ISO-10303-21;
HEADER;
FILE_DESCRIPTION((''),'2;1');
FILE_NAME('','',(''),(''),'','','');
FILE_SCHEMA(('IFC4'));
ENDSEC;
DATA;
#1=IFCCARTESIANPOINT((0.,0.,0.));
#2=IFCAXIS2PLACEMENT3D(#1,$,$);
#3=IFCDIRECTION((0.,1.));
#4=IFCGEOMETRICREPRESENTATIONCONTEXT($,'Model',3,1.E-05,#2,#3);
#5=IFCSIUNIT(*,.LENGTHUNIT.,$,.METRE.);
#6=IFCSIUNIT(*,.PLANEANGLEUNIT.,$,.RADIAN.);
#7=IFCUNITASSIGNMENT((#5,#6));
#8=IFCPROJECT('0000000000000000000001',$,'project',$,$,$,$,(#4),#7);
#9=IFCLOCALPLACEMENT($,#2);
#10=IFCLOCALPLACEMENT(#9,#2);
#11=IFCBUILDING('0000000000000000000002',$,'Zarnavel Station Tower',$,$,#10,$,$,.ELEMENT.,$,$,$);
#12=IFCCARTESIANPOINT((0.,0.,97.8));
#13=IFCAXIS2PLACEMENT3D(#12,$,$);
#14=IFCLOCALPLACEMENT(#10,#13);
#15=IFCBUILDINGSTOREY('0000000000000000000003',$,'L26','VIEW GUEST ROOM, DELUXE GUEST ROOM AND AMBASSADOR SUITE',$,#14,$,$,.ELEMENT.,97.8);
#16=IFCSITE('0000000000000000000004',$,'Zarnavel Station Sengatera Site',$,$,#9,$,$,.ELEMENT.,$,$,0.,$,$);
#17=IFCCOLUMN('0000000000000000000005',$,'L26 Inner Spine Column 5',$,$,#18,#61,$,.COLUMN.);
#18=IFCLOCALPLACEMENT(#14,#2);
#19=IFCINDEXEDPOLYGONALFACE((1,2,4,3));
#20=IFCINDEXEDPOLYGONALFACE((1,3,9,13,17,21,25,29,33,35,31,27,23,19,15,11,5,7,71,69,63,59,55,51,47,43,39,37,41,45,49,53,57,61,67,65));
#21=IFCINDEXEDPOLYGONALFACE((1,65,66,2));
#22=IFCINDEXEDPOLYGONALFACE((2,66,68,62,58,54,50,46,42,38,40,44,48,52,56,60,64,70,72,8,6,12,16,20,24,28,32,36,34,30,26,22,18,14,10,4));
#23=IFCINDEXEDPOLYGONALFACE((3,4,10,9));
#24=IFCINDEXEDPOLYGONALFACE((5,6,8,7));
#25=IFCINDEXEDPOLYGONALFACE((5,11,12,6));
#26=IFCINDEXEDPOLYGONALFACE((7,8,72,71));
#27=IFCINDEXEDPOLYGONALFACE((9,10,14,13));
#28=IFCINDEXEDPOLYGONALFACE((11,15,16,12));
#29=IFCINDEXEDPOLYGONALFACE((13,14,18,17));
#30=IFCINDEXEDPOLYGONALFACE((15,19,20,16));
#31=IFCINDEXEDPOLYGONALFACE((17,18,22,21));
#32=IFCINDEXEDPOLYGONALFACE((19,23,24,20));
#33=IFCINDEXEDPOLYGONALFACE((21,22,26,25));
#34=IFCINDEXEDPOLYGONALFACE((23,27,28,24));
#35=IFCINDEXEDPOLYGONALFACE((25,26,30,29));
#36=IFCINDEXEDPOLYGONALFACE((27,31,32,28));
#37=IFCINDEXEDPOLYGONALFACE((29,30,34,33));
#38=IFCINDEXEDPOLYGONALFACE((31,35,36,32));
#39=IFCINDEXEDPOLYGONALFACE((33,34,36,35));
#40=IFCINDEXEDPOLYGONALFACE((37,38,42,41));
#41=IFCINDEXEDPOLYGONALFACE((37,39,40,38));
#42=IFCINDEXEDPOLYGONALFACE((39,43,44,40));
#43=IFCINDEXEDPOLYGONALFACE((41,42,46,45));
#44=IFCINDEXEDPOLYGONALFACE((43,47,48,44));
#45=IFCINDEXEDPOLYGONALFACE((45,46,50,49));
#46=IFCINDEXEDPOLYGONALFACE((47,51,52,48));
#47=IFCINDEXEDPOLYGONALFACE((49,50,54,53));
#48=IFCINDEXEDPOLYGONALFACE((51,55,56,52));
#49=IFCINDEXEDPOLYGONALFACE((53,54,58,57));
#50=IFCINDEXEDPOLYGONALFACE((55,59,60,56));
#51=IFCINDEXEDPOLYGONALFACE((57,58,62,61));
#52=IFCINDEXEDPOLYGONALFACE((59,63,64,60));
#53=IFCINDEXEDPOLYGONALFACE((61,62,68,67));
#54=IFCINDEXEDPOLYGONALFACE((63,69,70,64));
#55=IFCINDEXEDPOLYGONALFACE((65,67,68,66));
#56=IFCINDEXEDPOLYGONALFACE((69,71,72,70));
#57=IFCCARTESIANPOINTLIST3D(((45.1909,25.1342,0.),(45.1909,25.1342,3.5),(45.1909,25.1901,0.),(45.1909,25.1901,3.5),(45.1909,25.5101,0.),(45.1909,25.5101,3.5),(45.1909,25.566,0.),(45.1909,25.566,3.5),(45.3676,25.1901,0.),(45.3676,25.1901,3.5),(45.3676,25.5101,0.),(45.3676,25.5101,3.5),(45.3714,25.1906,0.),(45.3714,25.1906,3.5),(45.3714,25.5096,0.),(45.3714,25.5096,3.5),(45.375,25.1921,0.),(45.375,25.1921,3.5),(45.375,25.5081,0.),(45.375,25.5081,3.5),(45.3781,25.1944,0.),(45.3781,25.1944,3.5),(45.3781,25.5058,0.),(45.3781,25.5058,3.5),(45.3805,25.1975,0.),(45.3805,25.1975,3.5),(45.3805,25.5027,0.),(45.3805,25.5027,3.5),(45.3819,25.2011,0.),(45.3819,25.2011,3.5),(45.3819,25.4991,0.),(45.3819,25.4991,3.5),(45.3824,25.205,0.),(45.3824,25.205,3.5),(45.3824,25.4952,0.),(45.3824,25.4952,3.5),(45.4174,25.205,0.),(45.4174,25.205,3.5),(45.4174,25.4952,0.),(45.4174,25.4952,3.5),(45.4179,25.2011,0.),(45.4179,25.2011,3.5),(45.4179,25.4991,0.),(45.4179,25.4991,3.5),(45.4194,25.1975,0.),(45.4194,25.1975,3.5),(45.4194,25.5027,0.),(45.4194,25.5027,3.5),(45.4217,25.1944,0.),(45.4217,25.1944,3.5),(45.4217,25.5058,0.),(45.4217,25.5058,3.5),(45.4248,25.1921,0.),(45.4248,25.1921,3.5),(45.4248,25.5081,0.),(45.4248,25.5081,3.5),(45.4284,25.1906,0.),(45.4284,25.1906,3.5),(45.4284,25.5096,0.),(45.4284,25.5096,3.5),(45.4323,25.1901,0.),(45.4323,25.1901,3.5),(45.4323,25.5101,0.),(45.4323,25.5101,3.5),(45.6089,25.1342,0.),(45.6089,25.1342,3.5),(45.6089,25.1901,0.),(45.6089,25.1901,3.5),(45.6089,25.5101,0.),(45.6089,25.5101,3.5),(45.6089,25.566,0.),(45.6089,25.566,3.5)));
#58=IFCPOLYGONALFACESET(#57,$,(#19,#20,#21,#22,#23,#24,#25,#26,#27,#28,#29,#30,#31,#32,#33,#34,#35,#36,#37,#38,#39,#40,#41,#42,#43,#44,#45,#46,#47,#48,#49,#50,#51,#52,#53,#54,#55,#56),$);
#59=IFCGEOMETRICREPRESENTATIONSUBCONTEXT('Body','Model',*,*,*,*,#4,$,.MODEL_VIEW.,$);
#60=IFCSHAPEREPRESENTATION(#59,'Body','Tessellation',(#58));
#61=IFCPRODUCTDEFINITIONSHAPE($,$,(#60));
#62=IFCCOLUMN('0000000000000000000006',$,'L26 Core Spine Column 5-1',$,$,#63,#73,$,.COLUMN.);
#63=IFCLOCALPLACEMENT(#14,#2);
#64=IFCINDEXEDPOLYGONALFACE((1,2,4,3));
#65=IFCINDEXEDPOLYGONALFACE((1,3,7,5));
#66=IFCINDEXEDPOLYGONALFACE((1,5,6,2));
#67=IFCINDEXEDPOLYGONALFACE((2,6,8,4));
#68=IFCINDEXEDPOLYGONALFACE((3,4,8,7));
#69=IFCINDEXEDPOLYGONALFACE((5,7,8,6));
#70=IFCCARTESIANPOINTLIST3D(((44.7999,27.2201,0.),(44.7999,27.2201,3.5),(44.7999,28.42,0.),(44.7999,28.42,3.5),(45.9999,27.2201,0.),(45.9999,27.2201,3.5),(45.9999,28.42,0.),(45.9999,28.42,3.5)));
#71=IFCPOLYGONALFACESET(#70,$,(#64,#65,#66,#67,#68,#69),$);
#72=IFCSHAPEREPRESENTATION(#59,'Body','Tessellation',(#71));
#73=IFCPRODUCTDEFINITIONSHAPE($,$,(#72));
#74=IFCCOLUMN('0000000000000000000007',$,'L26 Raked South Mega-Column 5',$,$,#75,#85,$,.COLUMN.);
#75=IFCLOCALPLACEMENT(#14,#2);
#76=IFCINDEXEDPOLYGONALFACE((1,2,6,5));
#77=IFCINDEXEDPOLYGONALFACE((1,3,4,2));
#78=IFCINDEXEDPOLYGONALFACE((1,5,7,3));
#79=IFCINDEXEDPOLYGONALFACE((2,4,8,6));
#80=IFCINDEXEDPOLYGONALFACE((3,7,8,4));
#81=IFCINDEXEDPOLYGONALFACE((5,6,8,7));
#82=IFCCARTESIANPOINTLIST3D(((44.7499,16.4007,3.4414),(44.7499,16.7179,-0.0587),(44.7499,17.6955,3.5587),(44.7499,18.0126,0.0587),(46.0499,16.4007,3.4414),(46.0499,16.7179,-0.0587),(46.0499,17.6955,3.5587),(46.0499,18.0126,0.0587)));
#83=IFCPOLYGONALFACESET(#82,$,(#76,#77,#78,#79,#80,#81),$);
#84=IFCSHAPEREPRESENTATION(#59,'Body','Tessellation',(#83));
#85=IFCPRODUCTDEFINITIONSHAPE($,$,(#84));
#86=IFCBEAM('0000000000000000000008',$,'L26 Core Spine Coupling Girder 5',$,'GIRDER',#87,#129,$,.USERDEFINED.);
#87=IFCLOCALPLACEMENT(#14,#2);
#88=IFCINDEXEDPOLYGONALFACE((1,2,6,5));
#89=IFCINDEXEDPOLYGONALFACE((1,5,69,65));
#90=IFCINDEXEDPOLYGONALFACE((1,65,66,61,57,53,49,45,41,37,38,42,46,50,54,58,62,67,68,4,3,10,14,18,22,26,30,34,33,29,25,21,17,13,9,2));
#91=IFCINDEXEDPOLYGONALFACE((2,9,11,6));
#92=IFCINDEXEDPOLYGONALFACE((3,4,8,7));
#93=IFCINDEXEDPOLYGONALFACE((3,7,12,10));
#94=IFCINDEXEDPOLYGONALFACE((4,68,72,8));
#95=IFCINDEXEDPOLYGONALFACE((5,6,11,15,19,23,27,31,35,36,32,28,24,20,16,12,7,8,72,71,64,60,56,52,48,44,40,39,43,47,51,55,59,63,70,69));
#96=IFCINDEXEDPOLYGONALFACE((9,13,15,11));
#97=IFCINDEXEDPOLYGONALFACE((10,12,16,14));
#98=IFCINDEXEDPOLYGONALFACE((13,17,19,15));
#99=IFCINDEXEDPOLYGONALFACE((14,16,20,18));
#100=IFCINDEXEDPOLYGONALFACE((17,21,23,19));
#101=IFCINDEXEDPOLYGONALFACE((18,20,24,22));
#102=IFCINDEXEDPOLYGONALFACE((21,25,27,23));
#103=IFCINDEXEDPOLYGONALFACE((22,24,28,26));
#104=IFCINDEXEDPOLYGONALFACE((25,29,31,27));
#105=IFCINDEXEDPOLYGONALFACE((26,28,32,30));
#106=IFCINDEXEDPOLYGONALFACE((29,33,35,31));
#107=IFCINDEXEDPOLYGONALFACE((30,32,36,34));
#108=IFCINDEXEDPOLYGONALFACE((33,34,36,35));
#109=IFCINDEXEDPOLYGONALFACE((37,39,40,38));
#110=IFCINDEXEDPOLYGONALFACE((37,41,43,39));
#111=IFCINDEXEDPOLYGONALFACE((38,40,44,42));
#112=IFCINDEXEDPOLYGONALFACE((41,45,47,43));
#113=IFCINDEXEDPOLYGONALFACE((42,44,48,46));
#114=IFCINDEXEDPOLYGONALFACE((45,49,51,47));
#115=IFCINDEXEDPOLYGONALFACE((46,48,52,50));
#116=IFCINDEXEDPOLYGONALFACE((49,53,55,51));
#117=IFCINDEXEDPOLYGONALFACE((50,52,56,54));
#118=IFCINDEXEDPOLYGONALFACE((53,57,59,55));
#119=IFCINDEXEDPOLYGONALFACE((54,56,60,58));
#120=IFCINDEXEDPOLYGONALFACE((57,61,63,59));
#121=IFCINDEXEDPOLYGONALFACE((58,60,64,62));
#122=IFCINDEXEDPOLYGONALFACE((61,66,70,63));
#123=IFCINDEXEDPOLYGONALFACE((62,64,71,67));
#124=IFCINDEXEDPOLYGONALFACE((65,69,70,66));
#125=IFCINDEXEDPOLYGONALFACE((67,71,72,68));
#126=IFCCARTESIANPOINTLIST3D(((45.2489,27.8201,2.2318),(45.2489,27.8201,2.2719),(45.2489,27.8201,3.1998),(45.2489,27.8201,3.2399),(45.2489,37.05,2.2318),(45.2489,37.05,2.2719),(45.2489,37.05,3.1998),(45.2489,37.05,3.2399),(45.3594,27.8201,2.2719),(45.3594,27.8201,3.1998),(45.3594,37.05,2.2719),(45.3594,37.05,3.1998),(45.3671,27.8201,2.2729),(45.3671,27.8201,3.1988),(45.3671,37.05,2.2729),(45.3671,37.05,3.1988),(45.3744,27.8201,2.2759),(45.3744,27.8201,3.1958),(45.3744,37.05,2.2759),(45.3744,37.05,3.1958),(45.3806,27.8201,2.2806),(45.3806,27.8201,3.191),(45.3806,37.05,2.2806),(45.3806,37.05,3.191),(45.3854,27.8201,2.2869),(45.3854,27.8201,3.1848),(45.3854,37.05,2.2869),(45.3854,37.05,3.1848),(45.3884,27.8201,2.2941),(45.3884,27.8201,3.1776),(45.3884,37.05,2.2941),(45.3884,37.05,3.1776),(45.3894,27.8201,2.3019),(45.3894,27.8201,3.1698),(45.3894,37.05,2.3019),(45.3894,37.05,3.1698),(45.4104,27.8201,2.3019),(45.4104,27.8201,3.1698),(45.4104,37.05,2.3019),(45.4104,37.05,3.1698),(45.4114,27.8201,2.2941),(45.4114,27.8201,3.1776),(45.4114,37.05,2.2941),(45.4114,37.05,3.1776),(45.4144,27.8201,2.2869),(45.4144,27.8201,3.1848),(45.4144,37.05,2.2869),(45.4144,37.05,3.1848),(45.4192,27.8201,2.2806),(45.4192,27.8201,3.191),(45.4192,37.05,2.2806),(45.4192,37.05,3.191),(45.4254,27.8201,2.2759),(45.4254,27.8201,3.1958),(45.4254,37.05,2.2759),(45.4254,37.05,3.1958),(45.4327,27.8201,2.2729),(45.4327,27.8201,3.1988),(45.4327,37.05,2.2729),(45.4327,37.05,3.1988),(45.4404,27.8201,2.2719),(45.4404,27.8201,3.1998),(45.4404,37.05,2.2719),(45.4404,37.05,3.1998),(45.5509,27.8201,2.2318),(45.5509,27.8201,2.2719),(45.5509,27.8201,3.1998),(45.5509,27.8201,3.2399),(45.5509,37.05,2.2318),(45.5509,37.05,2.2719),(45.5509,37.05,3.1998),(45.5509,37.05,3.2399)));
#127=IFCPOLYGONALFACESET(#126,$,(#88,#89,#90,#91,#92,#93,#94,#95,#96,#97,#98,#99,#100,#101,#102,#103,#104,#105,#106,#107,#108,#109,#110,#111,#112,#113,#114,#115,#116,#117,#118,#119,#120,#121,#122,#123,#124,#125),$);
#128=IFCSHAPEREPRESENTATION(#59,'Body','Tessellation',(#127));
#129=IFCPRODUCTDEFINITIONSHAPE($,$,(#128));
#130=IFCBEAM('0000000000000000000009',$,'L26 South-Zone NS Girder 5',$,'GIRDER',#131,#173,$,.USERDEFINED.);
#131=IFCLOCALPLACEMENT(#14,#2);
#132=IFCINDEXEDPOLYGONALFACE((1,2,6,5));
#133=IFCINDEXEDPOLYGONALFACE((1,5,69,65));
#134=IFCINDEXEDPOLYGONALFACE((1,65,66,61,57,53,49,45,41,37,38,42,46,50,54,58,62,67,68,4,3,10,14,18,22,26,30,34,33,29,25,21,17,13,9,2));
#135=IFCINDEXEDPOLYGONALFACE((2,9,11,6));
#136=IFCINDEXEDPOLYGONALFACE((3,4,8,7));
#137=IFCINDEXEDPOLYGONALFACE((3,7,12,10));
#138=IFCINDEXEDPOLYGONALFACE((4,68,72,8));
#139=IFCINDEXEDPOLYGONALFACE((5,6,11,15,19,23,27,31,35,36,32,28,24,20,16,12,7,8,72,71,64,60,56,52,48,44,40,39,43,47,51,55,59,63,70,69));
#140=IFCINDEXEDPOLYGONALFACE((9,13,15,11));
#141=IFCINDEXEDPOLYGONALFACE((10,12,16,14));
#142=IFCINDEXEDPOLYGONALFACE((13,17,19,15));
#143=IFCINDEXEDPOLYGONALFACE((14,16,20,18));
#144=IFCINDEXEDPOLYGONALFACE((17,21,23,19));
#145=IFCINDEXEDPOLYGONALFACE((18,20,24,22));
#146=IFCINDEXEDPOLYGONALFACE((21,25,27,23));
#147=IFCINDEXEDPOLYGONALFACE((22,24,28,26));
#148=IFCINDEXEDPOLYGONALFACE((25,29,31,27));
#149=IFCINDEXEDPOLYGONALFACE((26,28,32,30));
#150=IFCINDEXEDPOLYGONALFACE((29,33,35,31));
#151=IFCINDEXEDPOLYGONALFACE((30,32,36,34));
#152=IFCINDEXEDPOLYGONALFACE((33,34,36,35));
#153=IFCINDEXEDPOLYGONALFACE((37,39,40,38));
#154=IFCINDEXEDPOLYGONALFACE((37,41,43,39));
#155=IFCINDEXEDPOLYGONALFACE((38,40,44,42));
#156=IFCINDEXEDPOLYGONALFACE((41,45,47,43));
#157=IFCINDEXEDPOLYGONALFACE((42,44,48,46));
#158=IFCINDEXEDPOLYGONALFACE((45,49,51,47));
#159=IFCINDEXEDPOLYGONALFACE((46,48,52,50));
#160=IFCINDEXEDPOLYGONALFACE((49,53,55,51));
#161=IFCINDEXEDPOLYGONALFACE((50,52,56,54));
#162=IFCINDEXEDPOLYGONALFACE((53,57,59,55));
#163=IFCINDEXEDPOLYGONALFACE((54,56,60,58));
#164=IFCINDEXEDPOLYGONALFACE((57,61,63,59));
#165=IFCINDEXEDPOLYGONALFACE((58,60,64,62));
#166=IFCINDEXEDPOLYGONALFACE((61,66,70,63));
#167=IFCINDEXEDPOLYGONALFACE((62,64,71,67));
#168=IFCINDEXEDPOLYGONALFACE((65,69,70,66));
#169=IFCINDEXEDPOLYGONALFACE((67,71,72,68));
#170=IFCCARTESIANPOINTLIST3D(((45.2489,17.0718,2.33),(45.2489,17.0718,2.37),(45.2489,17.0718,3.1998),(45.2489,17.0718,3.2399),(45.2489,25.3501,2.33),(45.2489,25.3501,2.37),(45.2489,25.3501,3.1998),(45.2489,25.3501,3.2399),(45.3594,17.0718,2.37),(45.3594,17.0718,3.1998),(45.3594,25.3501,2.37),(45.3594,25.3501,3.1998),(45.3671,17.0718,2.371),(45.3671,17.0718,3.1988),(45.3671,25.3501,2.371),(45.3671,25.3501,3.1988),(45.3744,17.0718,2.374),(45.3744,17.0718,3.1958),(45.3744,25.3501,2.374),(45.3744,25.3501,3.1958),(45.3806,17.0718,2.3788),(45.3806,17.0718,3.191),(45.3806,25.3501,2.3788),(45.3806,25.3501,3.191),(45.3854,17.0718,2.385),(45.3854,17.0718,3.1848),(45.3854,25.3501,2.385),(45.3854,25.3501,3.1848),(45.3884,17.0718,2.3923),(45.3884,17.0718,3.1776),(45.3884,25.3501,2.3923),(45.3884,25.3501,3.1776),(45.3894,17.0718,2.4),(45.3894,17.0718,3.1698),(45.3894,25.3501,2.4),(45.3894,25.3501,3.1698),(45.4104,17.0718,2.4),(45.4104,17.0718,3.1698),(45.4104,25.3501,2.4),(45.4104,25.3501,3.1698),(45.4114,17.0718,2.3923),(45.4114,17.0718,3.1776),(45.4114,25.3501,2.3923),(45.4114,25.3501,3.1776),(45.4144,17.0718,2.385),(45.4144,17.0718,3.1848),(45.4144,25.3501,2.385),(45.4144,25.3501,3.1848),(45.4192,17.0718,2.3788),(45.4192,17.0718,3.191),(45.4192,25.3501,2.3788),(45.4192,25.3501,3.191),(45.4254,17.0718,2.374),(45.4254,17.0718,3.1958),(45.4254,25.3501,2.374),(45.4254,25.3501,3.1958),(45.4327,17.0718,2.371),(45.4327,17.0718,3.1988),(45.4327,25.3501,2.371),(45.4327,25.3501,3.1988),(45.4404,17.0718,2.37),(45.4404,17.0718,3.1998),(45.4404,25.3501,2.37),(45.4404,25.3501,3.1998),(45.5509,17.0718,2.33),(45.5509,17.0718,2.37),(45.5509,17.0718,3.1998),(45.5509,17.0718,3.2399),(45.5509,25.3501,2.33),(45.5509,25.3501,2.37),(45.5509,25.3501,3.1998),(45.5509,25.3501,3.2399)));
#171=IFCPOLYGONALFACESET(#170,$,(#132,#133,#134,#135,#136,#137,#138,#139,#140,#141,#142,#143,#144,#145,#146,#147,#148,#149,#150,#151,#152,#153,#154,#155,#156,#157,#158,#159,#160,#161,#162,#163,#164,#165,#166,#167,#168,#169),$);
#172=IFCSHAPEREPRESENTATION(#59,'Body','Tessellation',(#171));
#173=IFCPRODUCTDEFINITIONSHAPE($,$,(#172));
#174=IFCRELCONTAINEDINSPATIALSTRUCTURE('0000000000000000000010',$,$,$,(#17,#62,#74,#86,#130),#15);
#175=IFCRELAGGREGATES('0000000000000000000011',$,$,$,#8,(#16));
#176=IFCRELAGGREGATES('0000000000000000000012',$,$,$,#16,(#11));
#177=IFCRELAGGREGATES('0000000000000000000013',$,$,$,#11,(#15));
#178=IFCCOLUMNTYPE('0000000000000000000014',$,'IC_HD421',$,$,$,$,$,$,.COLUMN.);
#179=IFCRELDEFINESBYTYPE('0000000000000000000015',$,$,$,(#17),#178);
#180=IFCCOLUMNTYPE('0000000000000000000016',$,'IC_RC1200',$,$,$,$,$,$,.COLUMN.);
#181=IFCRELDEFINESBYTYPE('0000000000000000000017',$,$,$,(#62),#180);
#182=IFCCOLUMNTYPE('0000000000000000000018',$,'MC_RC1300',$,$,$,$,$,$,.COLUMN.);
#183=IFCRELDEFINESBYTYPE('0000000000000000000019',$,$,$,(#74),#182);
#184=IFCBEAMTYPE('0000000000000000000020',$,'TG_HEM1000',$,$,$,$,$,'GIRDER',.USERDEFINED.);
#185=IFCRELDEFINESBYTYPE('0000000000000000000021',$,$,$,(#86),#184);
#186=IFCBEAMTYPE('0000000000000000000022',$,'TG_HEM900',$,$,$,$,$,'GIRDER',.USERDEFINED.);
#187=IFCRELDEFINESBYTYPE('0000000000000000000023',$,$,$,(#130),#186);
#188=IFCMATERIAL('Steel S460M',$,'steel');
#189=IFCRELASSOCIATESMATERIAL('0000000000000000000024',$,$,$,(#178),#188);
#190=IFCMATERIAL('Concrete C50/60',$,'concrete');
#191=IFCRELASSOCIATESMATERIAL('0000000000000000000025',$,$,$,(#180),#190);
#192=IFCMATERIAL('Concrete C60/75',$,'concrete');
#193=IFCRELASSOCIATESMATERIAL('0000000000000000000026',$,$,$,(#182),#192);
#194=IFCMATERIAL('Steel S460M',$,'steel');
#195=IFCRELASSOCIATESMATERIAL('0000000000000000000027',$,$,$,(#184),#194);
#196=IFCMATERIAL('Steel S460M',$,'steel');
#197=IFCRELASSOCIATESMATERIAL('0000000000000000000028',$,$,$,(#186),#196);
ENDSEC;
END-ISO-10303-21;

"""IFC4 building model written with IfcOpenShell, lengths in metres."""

from ifc_helpers import new_model, si_unit, direction, frame, origin, origin_2d, place, context, subcontext, project, spatial, rectangle, i_section, extrude, material, material_profile, profile_set, type_object, element, save


model = new_model("IFC4")

# Units and contexts
model_context = context("Model", 3, precision=1e-05, world=origin(), true_north=direction((0.0, 1.0)))
body_context = subcontext(model_context, "Body", "Model", "MODEL_VIEW")
ifc_project = project(units=[si_unit("LENGTHUNIT", "METRE"), si_unit("PLANEANGLEUNIT", "RADIAN")], contexts=[model_context])

# Site, building, storey
site_placement = place(None, origin())
site = spatial("IfcSite", under=ifc_project, at=site_placement, Name="Zarnavel Station Sengatera Site", CompositionType="ELEMENT", RefElevation=0.0)
building_placement = place(site_placement, origin())
building = spatial("IfcBuilding", under=site, at=building_placement, Name="Zarnavel Station Tower", CompositionType="ELEMENT")
storey_placement = place(building_placement, frame((0.0, 0.0, 97.8)))
storey = spatial("IfcBuildingStorey", under=building, at=storey_placement, Name="L26", Description="VIEW GUEST ROOM, DELUXE GUEST ROOM AND AMBASSADOR SUITE", CompositionType="ELEMENT", Elevation=97.8)

# Columns
ifc_material_1 = material(Name="Steel S460M", Category="steel")
ifc_material_profile_1 = material_profile(ifc_material_1, i_section(OverallWidth=0.418, OverallDepth=0.4319, WebThickness=0.0349, FlangeThickness=0.0559, FilletRadius=0.0149, at=origin_2d()), Name="HD400x421")
ifc_profile_set_1 = profile_set([ifc_material_profile_1], Name="Steel S460M")
column_type_1 = type_object("IfcColumnType", Name="IC_HD421", PredefinedType="COLUMN", material=ifc_profile_set_1)
column_1_placement = place(storey_placement, frame((45.3999, 25.3501, 0.0), z_axis=(0.0, 0.0, 1.0), x_axis=(1.0, 0.0, 0.0)))
element("IfcColumn", 1, at=column_1_placement, inside=storey, type_object=column_type_1, Name="L26 Inner Spine Column 5", PredefinedType="COLUMN", context=body_context, shape_type="SweptSolid", body=[
    extrude(i_section(OverallWidth=0.418, OverallDepth=0.4319, WebThickness=0.0349, FlangeThickness=0.0559, FilletRadius=0.0149, at=origin_2d()), origin(), (0.0, 0.0, 1.0), 3.5),
])
ifc_material_2 = material(Name="Concrete C50/60", Category="concrete")
ifc_material_profile_2 = material_profile(ifc_material_2, rectangle(XDim=1.2, YDim=1.2, at=origin_2d()), Name="RC1200x1200")
ifc_profile_set_2 = profile_set([ifc_material_profile_2], Name="Concrete C50/60")
column_type_2 = type_object("IfcColumnType", Name="IC_RC1200", PredefinedType="COLUMN", material=ifc_profile_set_2)
column_2_placement = place(storey_placement, frame((45.3999, 27.8201, 0.0), z_axis=(0.0, 0.0, 1.0), x_axis=(1.0, 0.0, 0.0)))
element("IfcColumn", 2, at=column_2_placement, inside=storey, type_object=column_type_2, Name="L26 Core Spine Column 5-1", PredefinedType="COLUMN", context=body_context, shape_type="SweptSolid", body=[
    extrude(rectangle(XDim=1.2, YDim=1.2, at=origin_2d()), origin(), (0.0, 0.0, 1.0), 3.5),
])
ifc_material_3 = material(Name="Concrete C60/75", Category="concrete")
ifc_material_profile_3 = material_profile(ifc_material_3, rectangle(XDim=1.3, YDim=1.3, at=origin_2d()), Name="RC1300x1300")
ifc_profile_set_3 = profile_set([ifc_material_profile_3], Name="Concrete C60/75")
column_type_3 = type_object("IfcColumnType", Name="MC_RC1300", PredefinedType="COLUMN", material=ifc_profile_set_3)
column_3_placement = place(storey_placement, frame((45.3999, 17.3652, 0.0), z_axis=(0.0, -0.090241, 0.99592), x_axis=(1.0, 0.0, 0.0)))
element("IfcColumn", 3, at=column_3_placement, inside=storey, type_object=column_type_3, Name="L26 Raked South Mega-Column 5", PredefinedType="COLUMN", context=body_context, shape_type="SweptSolid", body=[
    extrude(rectangle(XDim=1.3, YDim=1.3, at=origin_2d()), origin(), (0.0, 0.0, 1.0), 3.5144),
])

# Beams
ifc_material_4 = material(Name="Steel S460M", Category="steel")
ifc_material_profile_4 = material_profile(ifc_material_4, i_section(OverallWidth=0.302, OverallDepth=1.0081, WebThickness=0.021, FlangeThickness=0.04, FilletRadius=0.03, at=origin_2d()), Name="HEM1000")
ifc_profile_set_4 = profile_set([ifc_material_profile_4], Name="Steel S460M")
beam_type_1 = type_object("IfcBeamType", Name="TG_HEM1000", ElementType="GIRDER", PredefinedType="USERDEFINED", material=ifc_profile_set_4)
beam_1_placement = place(storey_placement, frame((45.3999, 27.8201, 2.7358), z_axis=(0.0, 1.0, 0.0), x_axis=(-1.0, 0.0, 0.0)))
element("IfcBeam", 4, at=beam_1_placement, inside=storey, type_object=beam_type_1, Name="L26 Core Spine Coupling Girder 5", ObjectType="GIRDER", PredefinedType="USERDEFINED", context=body_context, shape_type="SweptSolid", body=[
    extrude(i_section(OverallWidth=0.302, OverallDepth=1.0081, WebThickness=0.021, FlangeThickness=0.04, FilletRadius=0.03, at=origin_2d()), origin(), (0.0, 0.0, 1.0), 9.23),
])
ifc_material_5 = material(Name="Steel S460M", Category="steel")
ifc_material_profile_5 = material_profile(ifc_material_5, i_section(OverallWidth=0.302, OverallDepth=0.9099, WebThickness=0.021, FlangeThickness=0.04, FilletRadius=0.03, at=origin_2d()), Name="HEM900")
ifc_profile_set_5 = profile_set([ifc_material_profile_5], Name="Steel S460M")
beam_type_2 = type_object("IfcBeamType", Name="TG_HEM900", ElementType="GIRDER", PredefinedType="USERDEFINED", material=ifc_profile_set_5)
beam_2_placement = place(storey_placement, frame((45.3999, 17.0718, 2.7849), z_axis=(0.0, 1.0, 0.0), x_axis=(-1.0, 0.0, 0.0)))
element("IfcBeam", 5, at=beam_2_placement, inside=storey, type_object=beam_type_2, Name="L26 South-Zone NS Girder 5", ObjectType="GIRDER", PredefinedType="USERDEFINED", context=body_context, shape_type="SweptSolid", body=[
    extrude(i_section(OverallWidth=0.302, OverallDepth=0.9099, WebThickness=0.021, FlangeThickness=0.04, FilletRadius=0.03, at=origin_2d()), origin(), (0.0, 0.0, 1.0), 8.2783),
])

save(model, "model.ifc")
